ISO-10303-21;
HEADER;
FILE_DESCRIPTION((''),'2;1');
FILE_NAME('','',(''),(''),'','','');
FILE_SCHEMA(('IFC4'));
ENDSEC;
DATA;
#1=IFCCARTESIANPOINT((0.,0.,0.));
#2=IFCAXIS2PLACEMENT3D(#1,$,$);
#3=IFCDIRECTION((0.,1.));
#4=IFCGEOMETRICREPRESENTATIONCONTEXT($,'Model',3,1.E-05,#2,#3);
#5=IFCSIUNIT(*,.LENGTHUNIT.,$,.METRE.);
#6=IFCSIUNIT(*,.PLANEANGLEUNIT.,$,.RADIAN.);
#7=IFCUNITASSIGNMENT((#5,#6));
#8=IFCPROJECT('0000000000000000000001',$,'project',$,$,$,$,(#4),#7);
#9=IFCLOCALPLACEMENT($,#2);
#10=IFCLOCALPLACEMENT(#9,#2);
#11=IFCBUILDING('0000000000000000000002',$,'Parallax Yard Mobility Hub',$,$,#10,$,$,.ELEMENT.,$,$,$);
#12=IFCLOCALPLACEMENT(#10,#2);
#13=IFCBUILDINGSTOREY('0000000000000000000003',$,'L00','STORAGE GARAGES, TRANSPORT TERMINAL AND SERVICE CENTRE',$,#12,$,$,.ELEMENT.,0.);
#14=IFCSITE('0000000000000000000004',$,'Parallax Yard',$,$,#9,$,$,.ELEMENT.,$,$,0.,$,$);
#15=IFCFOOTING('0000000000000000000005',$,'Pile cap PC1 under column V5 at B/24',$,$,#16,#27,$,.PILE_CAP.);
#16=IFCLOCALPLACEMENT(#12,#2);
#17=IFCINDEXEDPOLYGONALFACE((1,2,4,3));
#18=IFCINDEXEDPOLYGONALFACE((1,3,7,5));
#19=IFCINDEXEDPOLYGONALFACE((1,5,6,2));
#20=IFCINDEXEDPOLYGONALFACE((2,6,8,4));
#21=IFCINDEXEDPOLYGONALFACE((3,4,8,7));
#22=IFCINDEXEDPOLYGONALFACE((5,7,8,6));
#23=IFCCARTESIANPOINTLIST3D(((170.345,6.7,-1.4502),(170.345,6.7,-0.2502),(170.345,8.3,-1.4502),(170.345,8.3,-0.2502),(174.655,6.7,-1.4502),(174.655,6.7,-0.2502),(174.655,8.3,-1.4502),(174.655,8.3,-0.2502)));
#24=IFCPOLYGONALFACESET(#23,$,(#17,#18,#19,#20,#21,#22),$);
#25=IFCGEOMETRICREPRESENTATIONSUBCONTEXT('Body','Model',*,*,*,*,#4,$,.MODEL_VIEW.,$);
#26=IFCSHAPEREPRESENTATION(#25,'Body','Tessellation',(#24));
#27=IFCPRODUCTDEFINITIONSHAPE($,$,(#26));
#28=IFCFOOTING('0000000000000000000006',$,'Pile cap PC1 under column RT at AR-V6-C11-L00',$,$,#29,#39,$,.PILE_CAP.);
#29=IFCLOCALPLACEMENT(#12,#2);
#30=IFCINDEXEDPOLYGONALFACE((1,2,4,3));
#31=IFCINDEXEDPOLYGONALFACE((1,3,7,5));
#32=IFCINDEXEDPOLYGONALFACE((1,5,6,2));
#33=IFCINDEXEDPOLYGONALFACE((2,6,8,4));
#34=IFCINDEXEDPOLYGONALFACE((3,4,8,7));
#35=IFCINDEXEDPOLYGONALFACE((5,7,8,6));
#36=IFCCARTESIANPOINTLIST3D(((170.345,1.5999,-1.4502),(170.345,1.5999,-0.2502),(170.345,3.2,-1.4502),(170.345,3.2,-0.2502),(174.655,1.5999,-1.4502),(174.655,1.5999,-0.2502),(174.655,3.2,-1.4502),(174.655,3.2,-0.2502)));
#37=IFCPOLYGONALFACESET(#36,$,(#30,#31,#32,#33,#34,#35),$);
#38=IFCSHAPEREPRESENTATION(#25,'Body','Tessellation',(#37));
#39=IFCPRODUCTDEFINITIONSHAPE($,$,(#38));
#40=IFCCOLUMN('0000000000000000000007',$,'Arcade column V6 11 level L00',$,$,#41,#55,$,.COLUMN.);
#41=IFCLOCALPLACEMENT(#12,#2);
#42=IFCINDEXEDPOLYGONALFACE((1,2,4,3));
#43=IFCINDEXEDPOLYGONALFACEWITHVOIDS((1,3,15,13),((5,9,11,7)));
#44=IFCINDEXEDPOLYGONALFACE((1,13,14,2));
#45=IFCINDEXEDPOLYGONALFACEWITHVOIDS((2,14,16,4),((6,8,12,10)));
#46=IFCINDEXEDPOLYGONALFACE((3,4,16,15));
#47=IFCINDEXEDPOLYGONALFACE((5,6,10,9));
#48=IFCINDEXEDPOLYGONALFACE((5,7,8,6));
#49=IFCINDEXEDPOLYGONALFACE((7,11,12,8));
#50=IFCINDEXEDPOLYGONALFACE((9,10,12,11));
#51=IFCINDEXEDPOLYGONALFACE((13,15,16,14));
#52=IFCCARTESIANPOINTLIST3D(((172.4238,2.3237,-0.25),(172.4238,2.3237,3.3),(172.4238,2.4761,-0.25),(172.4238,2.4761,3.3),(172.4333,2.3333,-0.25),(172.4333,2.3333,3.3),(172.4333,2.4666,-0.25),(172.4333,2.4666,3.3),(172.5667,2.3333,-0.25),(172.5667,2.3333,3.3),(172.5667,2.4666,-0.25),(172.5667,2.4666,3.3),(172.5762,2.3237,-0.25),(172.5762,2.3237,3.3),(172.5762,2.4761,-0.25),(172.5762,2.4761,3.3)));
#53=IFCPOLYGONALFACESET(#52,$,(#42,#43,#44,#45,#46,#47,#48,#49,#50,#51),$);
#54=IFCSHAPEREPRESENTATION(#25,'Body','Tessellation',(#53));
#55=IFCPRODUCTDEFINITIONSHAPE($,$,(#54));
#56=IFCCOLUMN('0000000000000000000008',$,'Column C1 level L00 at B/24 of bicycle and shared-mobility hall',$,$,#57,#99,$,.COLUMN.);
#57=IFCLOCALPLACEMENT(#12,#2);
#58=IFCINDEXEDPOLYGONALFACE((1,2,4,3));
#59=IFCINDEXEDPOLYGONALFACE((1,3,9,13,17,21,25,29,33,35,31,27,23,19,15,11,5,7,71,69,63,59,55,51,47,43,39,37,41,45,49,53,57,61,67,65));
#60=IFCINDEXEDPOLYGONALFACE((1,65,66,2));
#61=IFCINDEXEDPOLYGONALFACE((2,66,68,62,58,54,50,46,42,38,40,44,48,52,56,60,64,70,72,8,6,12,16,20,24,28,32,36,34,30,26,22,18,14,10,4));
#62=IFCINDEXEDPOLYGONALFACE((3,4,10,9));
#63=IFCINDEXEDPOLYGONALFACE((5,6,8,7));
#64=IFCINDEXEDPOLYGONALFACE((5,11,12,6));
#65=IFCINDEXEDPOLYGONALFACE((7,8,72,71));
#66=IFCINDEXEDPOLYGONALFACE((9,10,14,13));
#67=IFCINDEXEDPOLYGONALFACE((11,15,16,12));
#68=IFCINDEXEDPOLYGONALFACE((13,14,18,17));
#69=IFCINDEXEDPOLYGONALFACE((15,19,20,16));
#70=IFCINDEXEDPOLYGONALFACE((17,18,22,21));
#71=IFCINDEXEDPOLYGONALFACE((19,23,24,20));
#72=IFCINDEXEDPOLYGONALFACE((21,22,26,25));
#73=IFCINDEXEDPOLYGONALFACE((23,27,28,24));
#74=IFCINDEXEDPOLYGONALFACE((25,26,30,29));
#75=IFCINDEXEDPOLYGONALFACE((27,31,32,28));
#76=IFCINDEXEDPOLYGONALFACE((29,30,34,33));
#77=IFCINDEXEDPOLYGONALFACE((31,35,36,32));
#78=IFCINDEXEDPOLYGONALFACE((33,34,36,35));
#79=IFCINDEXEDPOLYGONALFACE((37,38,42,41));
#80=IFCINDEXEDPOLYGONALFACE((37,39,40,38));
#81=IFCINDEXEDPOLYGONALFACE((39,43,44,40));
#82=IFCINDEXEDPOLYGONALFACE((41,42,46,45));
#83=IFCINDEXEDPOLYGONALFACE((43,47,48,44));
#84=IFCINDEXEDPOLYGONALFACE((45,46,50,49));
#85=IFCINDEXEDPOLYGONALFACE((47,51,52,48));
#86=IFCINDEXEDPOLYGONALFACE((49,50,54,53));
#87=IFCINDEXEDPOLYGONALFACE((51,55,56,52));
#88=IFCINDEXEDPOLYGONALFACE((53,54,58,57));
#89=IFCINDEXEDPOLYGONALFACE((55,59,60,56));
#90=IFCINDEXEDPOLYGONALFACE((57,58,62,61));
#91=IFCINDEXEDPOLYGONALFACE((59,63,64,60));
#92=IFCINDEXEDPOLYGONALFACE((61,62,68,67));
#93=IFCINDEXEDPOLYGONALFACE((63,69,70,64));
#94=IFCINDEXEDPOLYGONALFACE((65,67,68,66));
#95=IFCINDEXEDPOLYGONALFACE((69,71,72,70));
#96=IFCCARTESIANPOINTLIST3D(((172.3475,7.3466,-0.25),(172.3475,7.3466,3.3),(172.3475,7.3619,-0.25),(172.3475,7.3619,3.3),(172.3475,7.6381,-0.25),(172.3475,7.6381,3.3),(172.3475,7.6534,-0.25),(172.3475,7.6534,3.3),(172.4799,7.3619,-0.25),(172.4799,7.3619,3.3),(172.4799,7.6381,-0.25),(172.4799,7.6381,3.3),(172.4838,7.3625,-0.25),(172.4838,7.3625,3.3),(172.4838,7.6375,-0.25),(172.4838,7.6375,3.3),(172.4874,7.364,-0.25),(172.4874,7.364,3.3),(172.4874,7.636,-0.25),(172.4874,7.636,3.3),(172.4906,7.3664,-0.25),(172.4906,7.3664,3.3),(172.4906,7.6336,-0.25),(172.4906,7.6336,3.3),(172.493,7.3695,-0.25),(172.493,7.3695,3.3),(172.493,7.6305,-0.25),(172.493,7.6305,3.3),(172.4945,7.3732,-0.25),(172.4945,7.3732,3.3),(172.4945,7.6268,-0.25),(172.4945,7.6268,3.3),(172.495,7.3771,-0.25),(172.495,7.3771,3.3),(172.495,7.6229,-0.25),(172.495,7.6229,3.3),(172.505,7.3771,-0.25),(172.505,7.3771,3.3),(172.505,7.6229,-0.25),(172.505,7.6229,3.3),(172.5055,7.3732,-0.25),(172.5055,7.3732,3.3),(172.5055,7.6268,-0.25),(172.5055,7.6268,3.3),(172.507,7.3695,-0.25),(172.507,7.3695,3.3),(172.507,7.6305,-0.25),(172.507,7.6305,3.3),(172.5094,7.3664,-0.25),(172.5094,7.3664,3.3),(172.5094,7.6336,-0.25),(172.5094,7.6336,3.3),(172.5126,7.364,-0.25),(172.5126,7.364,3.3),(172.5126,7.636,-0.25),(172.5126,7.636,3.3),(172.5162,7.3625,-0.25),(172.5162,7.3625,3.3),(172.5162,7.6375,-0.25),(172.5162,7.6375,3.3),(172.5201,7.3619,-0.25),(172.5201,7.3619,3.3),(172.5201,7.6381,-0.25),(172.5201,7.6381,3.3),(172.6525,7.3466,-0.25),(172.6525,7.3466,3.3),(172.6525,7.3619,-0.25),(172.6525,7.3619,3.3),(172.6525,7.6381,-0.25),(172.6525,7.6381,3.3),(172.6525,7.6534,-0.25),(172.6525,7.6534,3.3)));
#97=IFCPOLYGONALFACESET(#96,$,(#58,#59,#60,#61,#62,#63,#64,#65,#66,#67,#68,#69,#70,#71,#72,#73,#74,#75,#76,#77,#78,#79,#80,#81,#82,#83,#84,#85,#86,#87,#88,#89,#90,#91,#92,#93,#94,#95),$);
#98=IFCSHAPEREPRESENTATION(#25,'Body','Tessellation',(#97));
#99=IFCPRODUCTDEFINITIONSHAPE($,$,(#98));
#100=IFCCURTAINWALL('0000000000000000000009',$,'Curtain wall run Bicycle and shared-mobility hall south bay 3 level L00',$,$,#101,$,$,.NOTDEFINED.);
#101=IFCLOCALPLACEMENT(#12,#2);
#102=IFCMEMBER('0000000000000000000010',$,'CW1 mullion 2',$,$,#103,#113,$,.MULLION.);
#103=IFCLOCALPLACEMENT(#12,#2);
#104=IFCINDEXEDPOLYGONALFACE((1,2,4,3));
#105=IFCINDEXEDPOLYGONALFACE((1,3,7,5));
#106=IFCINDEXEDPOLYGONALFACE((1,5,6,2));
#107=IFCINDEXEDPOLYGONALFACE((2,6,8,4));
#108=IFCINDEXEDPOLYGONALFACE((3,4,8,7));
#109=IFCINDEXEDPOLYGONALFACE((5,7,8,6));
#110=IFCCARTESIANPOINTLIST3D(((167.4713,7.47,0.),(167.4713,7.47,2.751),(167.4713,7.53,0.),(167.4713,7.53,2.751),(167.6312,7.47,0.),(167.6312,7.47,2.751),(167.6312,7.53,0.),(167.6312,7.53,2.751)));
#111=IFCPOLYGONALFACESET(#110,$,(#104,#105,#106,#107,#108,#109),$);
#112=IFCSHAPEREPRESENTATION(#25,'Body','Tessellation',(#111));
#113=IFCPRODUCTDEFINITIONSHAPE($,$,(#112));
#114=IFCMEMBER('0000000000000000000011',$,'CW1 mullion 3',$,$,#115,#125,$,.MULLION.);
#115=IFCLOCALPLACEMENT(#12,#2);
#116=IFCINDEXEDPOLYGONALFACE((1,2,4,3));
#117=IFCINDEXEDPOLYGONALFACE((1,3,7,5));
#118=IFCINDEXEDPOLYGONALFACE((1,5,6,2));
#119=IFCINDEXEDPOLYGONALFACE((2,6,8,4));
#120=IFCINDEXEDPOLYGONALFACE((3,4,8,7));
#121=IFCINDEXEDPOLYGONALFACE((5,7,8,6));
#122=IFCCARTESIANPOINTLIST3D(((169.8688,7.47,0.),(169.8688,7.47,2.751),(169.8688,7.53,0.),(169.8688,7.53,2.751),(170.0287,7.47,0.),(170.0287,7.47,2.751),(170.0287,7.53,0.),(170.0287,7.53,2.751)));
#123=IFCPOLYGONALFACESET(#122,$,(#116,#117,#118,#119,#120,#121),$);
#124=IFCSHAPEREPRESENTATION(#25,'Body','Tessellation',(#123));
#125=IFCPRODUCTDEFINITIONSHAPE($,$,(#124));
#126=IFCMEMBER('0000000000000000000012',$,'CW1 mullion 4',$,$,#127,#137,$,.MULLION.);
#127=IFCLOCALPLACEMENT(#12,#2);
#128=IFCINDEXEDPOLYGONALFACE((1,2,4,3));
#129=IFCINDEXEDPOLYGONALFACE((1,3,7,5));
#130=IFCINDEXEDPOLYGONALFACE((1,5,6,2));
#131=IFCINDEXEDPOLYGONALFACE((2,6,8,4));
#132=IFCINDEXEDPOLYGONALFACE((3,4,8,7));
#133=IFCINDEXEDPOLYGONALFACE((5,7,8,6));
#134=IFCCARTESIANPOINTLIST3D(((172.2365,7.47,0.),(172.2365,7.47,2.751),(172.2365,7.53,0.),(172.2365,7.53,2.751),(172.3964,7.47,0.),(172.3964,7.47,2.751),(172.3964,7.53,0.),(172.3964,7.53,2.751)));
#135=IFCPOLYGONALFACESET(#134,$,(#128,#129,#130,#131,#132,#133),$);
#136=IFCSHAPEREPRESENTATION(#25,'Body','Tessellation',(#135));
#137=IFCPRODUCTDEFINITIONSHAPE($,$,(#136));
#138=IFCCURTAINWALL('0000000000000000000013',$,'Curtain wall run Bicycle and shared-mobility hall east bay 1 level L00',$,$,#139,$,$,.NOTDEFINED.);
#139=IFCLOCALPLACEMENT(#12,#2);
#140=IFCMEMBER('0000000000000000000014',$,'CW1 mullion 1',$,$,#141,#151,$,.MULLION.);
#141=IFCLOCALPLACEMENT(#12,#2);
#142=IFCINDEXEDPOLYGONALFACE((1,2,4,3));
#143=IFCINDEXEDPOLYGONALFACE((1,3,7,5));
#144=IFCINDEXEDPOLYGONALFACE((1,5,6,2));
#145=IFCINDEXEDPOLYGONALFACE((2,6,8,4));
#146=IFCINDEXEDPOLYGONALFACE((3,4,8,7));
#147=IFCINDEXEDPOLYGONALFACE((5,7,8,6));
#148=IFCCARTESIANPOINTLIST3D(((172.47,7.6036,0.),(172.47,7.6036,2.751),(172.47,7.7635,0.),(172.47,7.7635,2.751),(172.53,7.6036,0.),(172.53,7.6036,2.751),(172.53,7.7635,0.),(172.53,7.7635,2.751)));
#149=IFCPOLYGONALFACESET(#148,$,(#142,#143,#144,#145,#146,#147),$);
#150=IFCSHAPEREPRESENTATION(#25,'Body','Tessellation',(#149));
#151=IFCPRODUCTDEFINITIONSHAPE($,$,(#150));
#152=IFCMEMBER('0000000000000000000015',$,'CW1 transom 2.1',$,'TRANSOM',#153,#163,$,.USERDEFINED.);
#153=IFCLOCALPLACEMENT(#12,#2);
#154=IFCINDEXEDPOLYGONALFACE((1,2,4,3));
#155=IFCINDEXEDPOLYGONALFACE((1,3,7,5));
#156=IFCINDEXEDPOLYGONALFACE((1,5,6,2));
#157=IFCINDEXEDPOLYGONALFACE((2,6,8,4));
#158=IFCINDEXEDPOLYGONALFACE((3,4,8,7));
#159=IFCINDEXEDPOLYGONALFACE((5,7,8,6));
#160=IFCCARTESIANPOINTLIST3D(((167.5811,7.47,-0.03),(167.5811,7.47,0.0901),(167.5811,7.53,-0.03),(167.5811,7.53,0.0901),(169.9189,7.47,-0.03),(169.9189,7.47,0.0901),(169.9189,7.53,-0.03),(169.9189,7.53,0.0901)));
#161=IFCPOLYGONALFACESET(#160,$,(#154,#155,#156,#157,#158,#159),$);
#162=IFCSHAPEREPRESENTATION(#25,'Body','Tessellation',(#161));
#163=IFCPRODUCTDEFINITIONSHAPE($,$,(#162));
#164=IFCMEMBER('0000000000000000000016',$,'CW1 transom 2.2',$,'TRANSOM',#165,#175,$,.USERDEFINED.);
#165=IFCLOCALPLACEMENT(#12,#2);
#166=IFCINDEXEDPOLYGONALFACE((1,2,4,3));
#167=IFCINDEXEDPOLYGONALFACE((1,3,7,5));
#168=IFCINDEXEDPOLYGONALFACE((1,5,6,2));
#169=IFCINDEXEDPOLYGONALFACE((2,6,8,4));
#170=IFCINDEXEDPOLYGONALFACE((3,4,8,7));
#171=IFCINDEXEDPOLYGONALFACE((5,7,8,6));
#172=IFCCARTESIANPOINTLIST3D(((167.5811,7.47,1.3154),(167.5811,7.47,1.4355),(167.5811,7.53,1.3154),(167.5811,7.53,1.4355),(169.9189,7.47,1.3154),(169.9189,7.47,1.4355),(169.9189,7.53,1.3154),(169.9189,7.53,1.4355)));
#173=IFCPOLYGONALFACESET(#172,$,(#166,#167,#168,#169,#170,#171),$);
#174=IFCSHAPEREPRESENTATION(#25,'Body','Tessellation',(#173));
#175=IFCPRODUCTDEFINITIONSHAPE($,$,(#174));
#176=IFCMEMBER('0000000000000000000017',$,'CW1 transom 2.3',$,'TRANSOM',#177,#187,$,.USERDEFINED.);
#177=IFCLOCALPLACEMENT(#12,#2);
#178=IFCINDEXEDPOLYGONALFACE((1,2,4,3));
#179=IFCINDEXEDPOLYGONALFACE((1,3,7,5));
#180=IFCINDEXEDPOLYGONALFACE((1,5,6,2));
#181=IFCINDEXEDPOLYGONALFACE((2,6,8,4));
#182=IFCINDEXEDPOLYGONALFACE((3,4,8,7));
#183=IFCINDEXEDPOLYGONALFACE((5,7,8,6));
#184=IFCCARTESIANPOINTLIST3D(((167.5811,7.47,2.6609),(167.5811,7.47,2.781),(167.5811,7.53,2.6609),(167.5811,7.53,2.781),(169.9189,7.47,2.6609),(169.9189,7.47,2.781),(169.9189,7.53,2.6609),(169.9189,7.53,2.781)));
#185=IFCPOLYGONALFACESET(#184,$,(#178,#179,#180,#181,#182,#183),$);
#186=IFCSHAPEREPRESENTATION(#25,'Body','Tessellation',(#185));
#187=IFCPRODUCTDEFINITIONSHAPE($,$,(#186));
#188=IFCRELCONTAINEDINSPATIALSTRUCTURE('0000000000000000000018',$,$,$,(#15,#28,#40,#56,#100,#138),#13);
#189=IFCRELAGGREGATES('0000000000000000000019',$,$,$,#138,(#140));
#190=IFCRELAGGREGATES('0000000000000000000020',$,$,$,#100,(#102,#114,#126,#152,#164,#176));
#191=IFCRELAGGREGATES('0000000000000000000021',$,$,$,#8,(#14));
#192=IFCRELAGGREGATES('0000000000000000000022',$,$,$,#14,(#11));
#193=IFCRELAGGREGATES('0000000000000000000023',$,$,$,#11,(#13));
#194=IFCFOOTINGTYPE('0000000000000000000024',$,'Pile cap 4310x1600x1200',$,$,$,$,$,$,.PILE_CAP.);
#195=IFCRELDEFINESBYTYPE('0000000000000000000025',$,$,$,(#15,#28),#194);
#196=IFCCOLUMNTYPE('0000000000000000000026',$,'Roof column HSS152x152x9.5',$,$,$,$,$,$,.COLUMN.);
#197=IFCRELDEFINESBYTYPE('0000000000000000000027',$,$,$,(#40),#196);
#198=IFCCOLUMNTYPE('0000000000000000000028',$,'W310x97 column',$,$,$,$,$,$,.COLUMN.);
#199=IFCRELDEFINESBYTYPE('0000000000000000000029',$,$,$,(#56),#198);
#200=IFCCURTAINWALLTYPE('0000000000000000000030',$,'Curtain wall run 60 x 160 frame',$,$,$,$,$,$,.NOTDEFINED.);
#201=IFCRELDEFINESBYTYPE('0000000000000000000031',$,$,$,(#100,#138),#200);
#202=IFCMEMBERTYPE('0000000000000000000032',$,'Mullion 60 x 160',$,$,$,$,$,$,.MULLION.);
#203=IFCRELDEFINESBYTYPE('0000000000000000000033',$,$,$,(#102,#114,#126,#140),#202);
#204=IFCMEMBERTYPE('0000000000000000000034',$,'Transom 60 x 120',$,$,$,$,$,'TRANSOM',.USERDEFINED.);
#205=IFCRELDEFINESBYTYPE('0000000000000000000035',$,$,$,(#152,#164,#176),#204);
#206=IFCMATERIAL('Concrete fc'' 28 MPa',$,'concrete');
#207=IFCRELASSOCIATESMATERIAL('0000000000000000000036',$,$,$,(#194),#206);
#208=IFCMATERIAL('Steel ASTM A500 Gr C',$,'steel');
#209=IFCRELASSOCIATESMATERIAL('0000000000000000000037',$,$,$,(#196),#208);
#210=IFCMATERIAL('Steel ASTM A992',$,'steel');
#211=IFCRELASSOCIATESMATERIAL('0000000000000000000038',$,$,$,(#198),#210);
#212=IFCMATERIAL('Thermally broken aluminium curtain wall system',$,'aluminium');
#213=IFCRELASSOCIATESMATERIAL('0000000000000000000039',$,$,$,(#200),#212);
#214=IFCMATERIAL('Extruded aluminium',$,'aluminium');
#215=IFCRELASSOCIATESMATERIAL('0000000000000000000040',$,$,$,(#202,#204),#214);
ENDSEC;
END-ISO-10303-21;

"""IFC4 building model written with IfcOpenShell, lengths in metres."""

from ifc_helpers import new_model, si_unit, direction, frame, origin, origin_2d, place, context, subcontext, project, spatial, rectangle, hollow_rectangle, i_section, extrude, material, material_profile, profile_set, type_object, element, aggregate, save


model = new_model("IFC4")

# Units and contexts
model_context = context("Model", 3, precision=1e-05, world=origin(), true_north=direction((0.0, 1.0)))
body_context = subcontext(model_context, "Body", "Model", "MODEL_VIEW")
ifc_project = project(units=[si_unit("LENGTHUNIT", "METRE"), si_unit("PLANEANGLEUNIT", "RADIAN")], contexts=[model_context])

# Site, building, storey
site_placement = place(None, origin())
site = spatial("IfcSite", under=ifc_project, at=site_placement, Name="Parallax Yard", CompositionType="ELEMENT", RefElevation=0.0)
building_placement = place(site_placement, origin())
building = spatial("IfcBuilding", under=site, at=building_placement, Name="Parallax Yard Mobility Hub", CompositionType="ELEMENT")
storey_placement = place(building_placement, origin())
storey = spatial("IfcBuildingStorey", under=building, at=storey_placement, Name="L00", Description="STORAGE GARAGES, TRANSPORT TERMINAL AND SERVICE CENTRE", CompositionType="ELEMENT", Elevation=0.0)

# Shared definitions
ifc_material_1 = material(Name="Concrete fc' 28 MPa", Category="concrete")

# Footings
footing_type_1 = type_object("IfcFootingType", Name="Pile cap 4310x1600x1200", PredefinedType="PILE_CAP", material=ifc_material_1)
for number, where, z_axis, x_axis, name in (
    (1, (172.5, 7.5, -1.4502), (0.0, 0.0, 1.0), (1.0, 0.0, 0.0), "Pile cap PC1 under column V5 at B/24"),
    (2, (172.5, 2.3999, -1.4502), (0.0, 0.0, 1.0), (1.0, 0.0, 0.0), "Pile cap PC1 under column RT at AR-V6-C11-L00"),
):
    element("IfcFooting", number, at=place(storey_placement, frame(where, z_axis=z_axis, x_axis=x_axis)), inside=storey, type_object=footing_type_1, Name=name, PredefinedType="PILE_CAP", context=body_context, shape_type="SweptSolid", body=[
        extrude(rectangle(XDim=4.3101, YDim=1.6001, at=origin_2d()), origin(), (0.0, 0.0, 1.0), 1.2),
    ])

# Columns
ifc_material_2 = material(Name="Steel ASTM A500 Gr C", Category="steel")
ifc_material_profile_1 = material_profile(ifc_material_2, hollow_rectangle(XDim=0.1523, YDim=0.1523, WallThickness=0.0095, at=origin_2d()), Name="HSS152x152x9.5")
ifc_profile_set_1 = profile_set([ifc_material_profile_1], Name="Steel ASTM A500 Gr C")
column_type_1 = type_object("IfcColumnType", Name="Roof column HSS152x152x9.5", PredefinedType="COLUMN", material=ifc_profile_set_1)
column_1_placement = place(storey_placement, frame((172.5, 2.3999, -0.25), z_axis=(0.0, 0.0, 1.0), x_axis=(1.0, 0.0, 0.0)))
element("IfcColumn", 3, at=column_1_placement, inside=storey, type_object=column_type_1, Name="Arcade column V6 11 level L00", PredefinedType="COLUMN", context=body_context, shape_type="SweptSolid", body=[
    extrude(hollow_rectangle(XDim=0.1523, YDim=0.1523, WallThickness=0.0095, at=origin_2d()), origin(), (0.0, 0.0, 1.0), 3.55),
])
ifc_material_3 = material(Name="Steel ASTM A992", Category="steel")
ifc_material_profile_2 = material_profile(ifc_material_3, i_section(OverallWidth=0.3049, OverallDepth=0.3069, WebThickness=0.01, FlangeThickness=0.0154, FilletRadius=0.0151, at=origin_2d()), Name="W310x97")
ifc_profile_set_2 = profile_set([ifc_material_profile_2], Name="Steel ASTM A992")
column_type_2 = type_object("IfcColumnType", Name="W310x97 column", PredefinedType="COLUMN", material=ifc_profile_set_2)
column_2_placement = place(storey_placement, frame((172.5, 7.5, -0.25), z_axis=(0.0, 0.0, 1.0), x_axis=(1.0, 0.0, 0.0)))
element("IfcColumn", 4, at=column_2_placement, inside=storey, type_object=column_type_2, Name="Column C1 level L00 at B/24 of bicycle and shared-mobility hall", PredefinedType="COLUMN", context=body_context, shape_type="SweptSolid", body=[
    extrude(i_section(OverallWidth=0.3049, OverallDepth=0.3069, WebThickness=0.01, FlangeThickness=0.0154, FilletRadius=0.0151, at=origin_2d()), origin(), (0.0, 0.0, 1.0), 3.55),
])

# Curtain wall, members
ifc_material_4 = material(Name="Thermally broken aluminium curtain wall system", Category="aluminium")
curtain_wall_type = type_object("IfcCurtainWallType", Name="Curtain wall run 60 x 160 frame", PredefinedType="NOTDEFINED", material=ifc_material_4)
curtain_wall_1_placement = place(storey_placement, origin())
curtain_wall_1 = element("IfcCurtainWall", 5, at=curtain_wall_1_placement, inside=storey, type_object=curtain_wall_type, Name="Curtain wall run Bicycle and shared-mobility hall south bay 3 level L00", PredefinedType="NOTDEFINED")
ifc_material_5 = material(Name="Extruded aluminium", Category="aluminium")
ifc_material_profile_3 = material_profile(ifc_material_5, rectangle(XDim=0.0601, YDim=0.1599, at=origin_2d()), Name="Mullion 60 x 160")
ifc_profile_set_3 = profile_set([ifc_material_profile_3], Name="Extruded aluminium")
member_type_1 = type_object("IfcMemberType", Name="Mullion 60 x 160", PredefinedType="MULLION", material=ifc_profile_set_3)
member_1_placement = place(storey_placement, frame((167.5513, 7.5, 0.0), z_axis=(0.0, 0.0, 1.0), x_axis=(0.0, 1.0, 0.0)))
member_1 = element("IfcMember", 6, at=member_1_placement, type_object=member_type_1, Name="CW1 mullion 2", PredefinedType="MULLION", context=body_context, shape_type="SweptSolid", body=[
    extrude(rectangle(XDim=0.0601, YDim=0.1599, at=origin_2d()), origin(), (0.0, 0.0, 1.0), 2.751),
])
member_2_placement = place(storey_placement, frame((169.9487, 7.5, 0.0), z_axis=(0.0, 0.0, 1.0), x_axis=(0.0, 1.0, 0.0)))
member_2 = element("IfcMember", 7, at=member_2_placement, type_object=member_type_1, Name="CW1 mullion 3", PredefinedType="MULLION", context=body_context, shape_type="SweptSolid", body=[
    extrude(rectangle(XDim=0.0601, YDim=0.1599, at=origin_2d()), origin(), (0.0, 0.0, 1.0), 2.751),
])
member_3_placement = place(storey_placement, frame((172.3164, 7.5, 0.0), z_axis=(0.0, 0.0, 1.0), x_axis=(0.0, 1.0, 0.0)))
member_3 = element("IfcMember", 8, at=member_3_placement, type_object=member_type_1, Name="CW1 mullion 4", PredefinedType="MULLION", context=body_context, shape_type="SweptSolid", body=[
    extrude(rectangle(XDim=0.0601, YDim=0.1599, at=origin_2d()), origin(), (0.0, 0.0, 1.0), 2.751),
])

# Curtain wall, member
curtain_wall_2_placement = place(storey_placement, origin())
curtain_wall_2 = element("IfcCurtainWall", 9, at=curtain_wall_2_placement, inside=storey, type_object=curtain_wall_type, Name="Curtain wall run Bicycle and shared-mobility hall east bay 1 level L00", PredefinedType="NOTDEFINED")
member_4_placement = place(storey_placement, frame((172.5, 7.6836, 0.0), z_axis=(0.0, 0.0, 1.0), x_axis=(-1.0, 0.0, 0.0)))
member_4 = element("IfcMember", 10, at=member_4_placement, type_object=member_type_1, Name="CW1 mullion 1", PredefinedType="MULLION", context=body_context, shape_type="SweptSolid", body=[
    extrude(rectangle(XDim=0.0601, YDim=0.1599, at=origin_2d()), origin(), (0.0, 0.0, 1.0), 2.751),
])

# Members
ifc_material_profile_4 = material_profile(ifc_material_5, rectangle(XDim=0.0601, YDim=0.1201, at=origin_2d()), Name="Transom 60 x 120")
ifc_profile_set_4 = profile_set([ifc_material_profile_4], Name="Extruded aluminium")
member_type_2 = type_object("IfcMemberType", Name="Transom 60 x 120", ElementType="TRANSOM", PredefinedType="USERDEFINED", material=ifc_profile_set_4)
member_5_placement = place(storey_placement, frame((167.5811, 7.5, 0.03), z_axis=(1.0, 0.0, 0.0), x_axis=(0.0, 1.0, 0.0)))
member_5 = element("IfcMember", 11, at=member_5_placement, type_object=member_type_2, Name="CW1 transom 2.1", ObjectType="TRANSOM", PredefinedType="USERDEFINED", context=body_context, shape_type="SweptSolid", body=[
    extrude(rectangle(XDim=0.0601, YDim=0.1201, at=origin_2d()), origin(), (0.0, 0.0, 1.0), 2.3379),
])
member_6_placement = place(storey_placement, frame((167.5811, 7.5, 1.3755), z_axis=(1.0, 0.0, 0.0), x_axis=(0.0, 1.0, 0.0)))
member_6 = element("IfcMember", 12, at=member_6_placement, type_object=member_type_2, Name="CW1 transom 2.2", ObjectType="TRANSOM", PredefinedType="USERDEFINED", context=body_context, shape_type="SweptSolid", body=[
    extrude(rectangle(XDim=0.0601, YDim=0.1201, at=origin_2d()), origin(), (0.0, 0.0, 1.0), 2.3379),
])
member_7_placement = place(storey_placement, frame((167.5811, 7.5, 2.7209), z_axis=(1.0, 0.0, 0.0), x_axis=(0.0, 1.0, 0.0)))
member_7 = element("IfcMember", 13, at=member_7_placement, type_object=member_type_2, Name="CW1 transom 2.3", ObjectType="TRANSOM", PredefinedType="USERDEFINED", context=body_context, shape_type="SweptSolid", body=[
    extrude(rectangle(XDim=0.0601, YDim=0.1201, at=origin_2d()), origin(), (0.0, 0.0, 1.0), 2.3379),
])
aggregate(curtain_wall_2, [member_4])

aggregate(curtain_wall_1, [member_1, member_2, member_3, member_5, member_6, member_7])

save(model, "model.ifc")
